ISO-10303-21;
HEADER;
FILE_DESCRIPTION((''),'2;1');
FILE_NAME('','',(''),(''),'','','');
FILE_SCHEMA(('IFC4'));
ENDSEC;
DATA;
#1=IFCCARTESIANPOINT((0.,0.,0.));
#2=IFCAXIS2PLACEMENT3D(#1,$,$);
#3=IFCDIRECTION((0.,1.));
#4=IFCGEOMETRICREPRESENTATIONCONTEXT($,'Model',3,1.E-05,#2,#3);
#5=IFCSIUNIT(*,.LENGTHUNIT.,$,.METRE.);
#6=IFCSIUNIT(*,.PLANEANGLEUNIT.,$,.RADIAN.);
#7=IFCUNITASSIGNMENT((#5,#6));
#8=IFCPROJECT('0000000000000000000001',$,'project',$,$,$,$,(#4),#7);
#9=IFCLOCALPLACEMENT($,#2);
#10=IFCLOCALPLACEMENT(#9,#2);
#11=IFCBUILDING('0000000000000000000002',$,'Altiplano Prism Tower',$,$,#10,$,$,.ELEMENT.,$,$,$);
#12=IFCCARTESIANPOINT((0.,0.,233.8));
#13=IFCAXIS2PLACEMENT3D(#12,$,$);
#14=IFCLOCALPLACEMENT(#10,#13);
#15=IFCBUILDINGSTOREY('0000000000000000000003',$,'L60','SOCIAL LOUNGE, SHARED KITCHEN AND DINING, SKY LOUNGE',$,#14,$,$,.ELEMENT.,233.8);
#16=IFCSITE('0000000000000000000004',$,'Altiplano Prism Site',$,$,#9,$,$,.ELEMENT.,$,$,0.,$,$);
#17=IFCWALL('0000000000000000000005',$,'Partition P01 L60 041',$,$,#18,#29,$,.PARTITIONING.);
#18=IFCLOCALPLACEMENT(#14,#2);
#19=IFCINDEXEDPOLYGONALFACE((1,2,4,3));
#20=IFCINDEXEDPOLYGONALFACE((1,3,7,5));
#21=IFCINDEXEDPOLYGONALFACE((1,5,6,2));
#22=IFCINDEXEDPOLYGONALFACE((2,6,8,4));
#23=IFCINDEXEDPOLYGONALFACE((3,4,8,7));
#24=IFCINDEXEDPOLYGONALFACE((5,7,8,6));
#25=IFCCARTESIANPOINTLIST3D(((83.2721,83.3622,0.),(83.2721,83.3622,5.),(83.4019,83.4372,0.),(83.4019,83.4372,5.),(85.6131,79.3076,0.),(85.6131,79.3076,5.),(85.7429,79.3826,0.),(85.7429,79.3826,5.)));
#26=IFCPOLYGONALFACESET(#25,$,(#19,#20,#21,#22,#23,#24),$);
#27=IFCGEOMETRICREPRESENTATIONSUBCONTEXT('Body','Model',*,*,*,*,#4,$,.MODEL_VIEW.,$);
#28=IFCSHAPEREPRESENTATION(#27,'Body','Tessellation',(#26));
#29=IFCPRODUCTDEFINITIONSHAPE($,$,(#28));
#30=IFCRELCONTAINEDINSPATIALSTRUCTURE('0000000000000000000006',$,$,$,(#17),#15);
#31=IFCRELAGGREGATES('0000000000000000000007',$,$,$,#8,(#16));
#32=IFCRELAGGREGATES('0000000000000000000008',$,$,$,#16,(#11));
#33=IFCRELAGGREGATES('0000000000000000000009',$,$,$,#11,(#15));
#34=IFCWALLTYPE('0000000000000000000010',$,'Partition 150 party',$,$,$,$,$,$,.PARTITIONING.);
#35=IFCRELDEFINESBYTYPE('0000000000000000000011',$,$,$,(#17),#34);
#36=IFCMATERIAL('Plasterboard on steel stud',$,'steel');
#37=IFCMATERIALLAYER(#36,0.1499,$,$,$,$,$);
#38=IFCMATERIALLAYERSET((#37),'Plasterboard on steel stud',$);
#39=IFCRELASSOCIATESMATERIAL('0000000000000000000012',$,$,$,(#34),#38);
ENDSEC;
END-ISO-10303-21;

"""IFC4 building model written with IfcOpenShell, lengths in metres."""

from ifc_helpers import new_model, si_unit, direction, frame, frame_2d, origin, place, context, subcontext, project, spatial, rectangle, extrude, material, layer, layer_set, type_object, element, save


model = new_model("IFC4")

# Units and contexts
model_context = context("Model", 3, precision=1e-05, world=origin(), true_north=direction((0.0, 1.0)))
body_context = subcontext(model_context, "Body", "Model", "MODEL_VIEW")
ifc_project = project(units=[si_unit("LENGTHUNIT", "METRE"), si_unit("PLANEANGLEUNIT", "RADIAN")], contexts=[model_context])

# Site, building, storey
site_placement = place(None, origin())
site = spatial("IfcSite", under=ifc_project, at=site_placement, Name="Altiplano Prism Site", CompositionType="ELEMENT", RefElevation=0.0)
building_placement = place(site_placement, origin())
building = spatial("IfcBuilding", under=site, at=building_placement, Name="Altiplano Prism Tower", CompositionType="ELEMENT")
storey_placement = place(building_placement, frame((0.0, 0.0, 233.8)))
storey = spatial("IfcBuildingStorey", under=building, at=storey_placement, Name="L60", Description="SOCIAL LOUNGE, SHARED KITCHEN AND DINING, SKY LOUNGE", CompositionType="ELEMENT", Elevation=233.8)

# Shared definitions
ifc_material_1 = material(Name="Plasterboard on steel stud", Category="steel")

# Wall
ifc_layer_1 = layer(ifc_material_1, 0.1499)
ifc_layer_set_1 = layer_set([ifc_layer_1], Name="Plasterboard on steel stud")
wall_type_1 = type_object("IfcWallType", Name="Partition 150 party", PredefinedType="PARTITIONING", material=ifc_layer_set_1)
wall_1_placement = place(storey_placement, frame((85.678, 79.3452, 0.0), z_axis=(0.0, 0.0, 1.0), x_axis=(-0.500014, 0.866017, 0.0)))
element("IfcWall", 1, at=wall_1_placement, inside=storey, type_object=wall_type_1, Name="Partition P01 L60 041", PredefinedType="PARTITIONING", context=body_context, shape_type="SweptSolid", body=[
    extrude(rectangle(XDim=4.6819, YDim=0.1499, at=frame_2d((2.3408, 0.0))), origin(), (0.0, 0.0, 1.0), 5.0),
])

save(model, "model.ifc")
